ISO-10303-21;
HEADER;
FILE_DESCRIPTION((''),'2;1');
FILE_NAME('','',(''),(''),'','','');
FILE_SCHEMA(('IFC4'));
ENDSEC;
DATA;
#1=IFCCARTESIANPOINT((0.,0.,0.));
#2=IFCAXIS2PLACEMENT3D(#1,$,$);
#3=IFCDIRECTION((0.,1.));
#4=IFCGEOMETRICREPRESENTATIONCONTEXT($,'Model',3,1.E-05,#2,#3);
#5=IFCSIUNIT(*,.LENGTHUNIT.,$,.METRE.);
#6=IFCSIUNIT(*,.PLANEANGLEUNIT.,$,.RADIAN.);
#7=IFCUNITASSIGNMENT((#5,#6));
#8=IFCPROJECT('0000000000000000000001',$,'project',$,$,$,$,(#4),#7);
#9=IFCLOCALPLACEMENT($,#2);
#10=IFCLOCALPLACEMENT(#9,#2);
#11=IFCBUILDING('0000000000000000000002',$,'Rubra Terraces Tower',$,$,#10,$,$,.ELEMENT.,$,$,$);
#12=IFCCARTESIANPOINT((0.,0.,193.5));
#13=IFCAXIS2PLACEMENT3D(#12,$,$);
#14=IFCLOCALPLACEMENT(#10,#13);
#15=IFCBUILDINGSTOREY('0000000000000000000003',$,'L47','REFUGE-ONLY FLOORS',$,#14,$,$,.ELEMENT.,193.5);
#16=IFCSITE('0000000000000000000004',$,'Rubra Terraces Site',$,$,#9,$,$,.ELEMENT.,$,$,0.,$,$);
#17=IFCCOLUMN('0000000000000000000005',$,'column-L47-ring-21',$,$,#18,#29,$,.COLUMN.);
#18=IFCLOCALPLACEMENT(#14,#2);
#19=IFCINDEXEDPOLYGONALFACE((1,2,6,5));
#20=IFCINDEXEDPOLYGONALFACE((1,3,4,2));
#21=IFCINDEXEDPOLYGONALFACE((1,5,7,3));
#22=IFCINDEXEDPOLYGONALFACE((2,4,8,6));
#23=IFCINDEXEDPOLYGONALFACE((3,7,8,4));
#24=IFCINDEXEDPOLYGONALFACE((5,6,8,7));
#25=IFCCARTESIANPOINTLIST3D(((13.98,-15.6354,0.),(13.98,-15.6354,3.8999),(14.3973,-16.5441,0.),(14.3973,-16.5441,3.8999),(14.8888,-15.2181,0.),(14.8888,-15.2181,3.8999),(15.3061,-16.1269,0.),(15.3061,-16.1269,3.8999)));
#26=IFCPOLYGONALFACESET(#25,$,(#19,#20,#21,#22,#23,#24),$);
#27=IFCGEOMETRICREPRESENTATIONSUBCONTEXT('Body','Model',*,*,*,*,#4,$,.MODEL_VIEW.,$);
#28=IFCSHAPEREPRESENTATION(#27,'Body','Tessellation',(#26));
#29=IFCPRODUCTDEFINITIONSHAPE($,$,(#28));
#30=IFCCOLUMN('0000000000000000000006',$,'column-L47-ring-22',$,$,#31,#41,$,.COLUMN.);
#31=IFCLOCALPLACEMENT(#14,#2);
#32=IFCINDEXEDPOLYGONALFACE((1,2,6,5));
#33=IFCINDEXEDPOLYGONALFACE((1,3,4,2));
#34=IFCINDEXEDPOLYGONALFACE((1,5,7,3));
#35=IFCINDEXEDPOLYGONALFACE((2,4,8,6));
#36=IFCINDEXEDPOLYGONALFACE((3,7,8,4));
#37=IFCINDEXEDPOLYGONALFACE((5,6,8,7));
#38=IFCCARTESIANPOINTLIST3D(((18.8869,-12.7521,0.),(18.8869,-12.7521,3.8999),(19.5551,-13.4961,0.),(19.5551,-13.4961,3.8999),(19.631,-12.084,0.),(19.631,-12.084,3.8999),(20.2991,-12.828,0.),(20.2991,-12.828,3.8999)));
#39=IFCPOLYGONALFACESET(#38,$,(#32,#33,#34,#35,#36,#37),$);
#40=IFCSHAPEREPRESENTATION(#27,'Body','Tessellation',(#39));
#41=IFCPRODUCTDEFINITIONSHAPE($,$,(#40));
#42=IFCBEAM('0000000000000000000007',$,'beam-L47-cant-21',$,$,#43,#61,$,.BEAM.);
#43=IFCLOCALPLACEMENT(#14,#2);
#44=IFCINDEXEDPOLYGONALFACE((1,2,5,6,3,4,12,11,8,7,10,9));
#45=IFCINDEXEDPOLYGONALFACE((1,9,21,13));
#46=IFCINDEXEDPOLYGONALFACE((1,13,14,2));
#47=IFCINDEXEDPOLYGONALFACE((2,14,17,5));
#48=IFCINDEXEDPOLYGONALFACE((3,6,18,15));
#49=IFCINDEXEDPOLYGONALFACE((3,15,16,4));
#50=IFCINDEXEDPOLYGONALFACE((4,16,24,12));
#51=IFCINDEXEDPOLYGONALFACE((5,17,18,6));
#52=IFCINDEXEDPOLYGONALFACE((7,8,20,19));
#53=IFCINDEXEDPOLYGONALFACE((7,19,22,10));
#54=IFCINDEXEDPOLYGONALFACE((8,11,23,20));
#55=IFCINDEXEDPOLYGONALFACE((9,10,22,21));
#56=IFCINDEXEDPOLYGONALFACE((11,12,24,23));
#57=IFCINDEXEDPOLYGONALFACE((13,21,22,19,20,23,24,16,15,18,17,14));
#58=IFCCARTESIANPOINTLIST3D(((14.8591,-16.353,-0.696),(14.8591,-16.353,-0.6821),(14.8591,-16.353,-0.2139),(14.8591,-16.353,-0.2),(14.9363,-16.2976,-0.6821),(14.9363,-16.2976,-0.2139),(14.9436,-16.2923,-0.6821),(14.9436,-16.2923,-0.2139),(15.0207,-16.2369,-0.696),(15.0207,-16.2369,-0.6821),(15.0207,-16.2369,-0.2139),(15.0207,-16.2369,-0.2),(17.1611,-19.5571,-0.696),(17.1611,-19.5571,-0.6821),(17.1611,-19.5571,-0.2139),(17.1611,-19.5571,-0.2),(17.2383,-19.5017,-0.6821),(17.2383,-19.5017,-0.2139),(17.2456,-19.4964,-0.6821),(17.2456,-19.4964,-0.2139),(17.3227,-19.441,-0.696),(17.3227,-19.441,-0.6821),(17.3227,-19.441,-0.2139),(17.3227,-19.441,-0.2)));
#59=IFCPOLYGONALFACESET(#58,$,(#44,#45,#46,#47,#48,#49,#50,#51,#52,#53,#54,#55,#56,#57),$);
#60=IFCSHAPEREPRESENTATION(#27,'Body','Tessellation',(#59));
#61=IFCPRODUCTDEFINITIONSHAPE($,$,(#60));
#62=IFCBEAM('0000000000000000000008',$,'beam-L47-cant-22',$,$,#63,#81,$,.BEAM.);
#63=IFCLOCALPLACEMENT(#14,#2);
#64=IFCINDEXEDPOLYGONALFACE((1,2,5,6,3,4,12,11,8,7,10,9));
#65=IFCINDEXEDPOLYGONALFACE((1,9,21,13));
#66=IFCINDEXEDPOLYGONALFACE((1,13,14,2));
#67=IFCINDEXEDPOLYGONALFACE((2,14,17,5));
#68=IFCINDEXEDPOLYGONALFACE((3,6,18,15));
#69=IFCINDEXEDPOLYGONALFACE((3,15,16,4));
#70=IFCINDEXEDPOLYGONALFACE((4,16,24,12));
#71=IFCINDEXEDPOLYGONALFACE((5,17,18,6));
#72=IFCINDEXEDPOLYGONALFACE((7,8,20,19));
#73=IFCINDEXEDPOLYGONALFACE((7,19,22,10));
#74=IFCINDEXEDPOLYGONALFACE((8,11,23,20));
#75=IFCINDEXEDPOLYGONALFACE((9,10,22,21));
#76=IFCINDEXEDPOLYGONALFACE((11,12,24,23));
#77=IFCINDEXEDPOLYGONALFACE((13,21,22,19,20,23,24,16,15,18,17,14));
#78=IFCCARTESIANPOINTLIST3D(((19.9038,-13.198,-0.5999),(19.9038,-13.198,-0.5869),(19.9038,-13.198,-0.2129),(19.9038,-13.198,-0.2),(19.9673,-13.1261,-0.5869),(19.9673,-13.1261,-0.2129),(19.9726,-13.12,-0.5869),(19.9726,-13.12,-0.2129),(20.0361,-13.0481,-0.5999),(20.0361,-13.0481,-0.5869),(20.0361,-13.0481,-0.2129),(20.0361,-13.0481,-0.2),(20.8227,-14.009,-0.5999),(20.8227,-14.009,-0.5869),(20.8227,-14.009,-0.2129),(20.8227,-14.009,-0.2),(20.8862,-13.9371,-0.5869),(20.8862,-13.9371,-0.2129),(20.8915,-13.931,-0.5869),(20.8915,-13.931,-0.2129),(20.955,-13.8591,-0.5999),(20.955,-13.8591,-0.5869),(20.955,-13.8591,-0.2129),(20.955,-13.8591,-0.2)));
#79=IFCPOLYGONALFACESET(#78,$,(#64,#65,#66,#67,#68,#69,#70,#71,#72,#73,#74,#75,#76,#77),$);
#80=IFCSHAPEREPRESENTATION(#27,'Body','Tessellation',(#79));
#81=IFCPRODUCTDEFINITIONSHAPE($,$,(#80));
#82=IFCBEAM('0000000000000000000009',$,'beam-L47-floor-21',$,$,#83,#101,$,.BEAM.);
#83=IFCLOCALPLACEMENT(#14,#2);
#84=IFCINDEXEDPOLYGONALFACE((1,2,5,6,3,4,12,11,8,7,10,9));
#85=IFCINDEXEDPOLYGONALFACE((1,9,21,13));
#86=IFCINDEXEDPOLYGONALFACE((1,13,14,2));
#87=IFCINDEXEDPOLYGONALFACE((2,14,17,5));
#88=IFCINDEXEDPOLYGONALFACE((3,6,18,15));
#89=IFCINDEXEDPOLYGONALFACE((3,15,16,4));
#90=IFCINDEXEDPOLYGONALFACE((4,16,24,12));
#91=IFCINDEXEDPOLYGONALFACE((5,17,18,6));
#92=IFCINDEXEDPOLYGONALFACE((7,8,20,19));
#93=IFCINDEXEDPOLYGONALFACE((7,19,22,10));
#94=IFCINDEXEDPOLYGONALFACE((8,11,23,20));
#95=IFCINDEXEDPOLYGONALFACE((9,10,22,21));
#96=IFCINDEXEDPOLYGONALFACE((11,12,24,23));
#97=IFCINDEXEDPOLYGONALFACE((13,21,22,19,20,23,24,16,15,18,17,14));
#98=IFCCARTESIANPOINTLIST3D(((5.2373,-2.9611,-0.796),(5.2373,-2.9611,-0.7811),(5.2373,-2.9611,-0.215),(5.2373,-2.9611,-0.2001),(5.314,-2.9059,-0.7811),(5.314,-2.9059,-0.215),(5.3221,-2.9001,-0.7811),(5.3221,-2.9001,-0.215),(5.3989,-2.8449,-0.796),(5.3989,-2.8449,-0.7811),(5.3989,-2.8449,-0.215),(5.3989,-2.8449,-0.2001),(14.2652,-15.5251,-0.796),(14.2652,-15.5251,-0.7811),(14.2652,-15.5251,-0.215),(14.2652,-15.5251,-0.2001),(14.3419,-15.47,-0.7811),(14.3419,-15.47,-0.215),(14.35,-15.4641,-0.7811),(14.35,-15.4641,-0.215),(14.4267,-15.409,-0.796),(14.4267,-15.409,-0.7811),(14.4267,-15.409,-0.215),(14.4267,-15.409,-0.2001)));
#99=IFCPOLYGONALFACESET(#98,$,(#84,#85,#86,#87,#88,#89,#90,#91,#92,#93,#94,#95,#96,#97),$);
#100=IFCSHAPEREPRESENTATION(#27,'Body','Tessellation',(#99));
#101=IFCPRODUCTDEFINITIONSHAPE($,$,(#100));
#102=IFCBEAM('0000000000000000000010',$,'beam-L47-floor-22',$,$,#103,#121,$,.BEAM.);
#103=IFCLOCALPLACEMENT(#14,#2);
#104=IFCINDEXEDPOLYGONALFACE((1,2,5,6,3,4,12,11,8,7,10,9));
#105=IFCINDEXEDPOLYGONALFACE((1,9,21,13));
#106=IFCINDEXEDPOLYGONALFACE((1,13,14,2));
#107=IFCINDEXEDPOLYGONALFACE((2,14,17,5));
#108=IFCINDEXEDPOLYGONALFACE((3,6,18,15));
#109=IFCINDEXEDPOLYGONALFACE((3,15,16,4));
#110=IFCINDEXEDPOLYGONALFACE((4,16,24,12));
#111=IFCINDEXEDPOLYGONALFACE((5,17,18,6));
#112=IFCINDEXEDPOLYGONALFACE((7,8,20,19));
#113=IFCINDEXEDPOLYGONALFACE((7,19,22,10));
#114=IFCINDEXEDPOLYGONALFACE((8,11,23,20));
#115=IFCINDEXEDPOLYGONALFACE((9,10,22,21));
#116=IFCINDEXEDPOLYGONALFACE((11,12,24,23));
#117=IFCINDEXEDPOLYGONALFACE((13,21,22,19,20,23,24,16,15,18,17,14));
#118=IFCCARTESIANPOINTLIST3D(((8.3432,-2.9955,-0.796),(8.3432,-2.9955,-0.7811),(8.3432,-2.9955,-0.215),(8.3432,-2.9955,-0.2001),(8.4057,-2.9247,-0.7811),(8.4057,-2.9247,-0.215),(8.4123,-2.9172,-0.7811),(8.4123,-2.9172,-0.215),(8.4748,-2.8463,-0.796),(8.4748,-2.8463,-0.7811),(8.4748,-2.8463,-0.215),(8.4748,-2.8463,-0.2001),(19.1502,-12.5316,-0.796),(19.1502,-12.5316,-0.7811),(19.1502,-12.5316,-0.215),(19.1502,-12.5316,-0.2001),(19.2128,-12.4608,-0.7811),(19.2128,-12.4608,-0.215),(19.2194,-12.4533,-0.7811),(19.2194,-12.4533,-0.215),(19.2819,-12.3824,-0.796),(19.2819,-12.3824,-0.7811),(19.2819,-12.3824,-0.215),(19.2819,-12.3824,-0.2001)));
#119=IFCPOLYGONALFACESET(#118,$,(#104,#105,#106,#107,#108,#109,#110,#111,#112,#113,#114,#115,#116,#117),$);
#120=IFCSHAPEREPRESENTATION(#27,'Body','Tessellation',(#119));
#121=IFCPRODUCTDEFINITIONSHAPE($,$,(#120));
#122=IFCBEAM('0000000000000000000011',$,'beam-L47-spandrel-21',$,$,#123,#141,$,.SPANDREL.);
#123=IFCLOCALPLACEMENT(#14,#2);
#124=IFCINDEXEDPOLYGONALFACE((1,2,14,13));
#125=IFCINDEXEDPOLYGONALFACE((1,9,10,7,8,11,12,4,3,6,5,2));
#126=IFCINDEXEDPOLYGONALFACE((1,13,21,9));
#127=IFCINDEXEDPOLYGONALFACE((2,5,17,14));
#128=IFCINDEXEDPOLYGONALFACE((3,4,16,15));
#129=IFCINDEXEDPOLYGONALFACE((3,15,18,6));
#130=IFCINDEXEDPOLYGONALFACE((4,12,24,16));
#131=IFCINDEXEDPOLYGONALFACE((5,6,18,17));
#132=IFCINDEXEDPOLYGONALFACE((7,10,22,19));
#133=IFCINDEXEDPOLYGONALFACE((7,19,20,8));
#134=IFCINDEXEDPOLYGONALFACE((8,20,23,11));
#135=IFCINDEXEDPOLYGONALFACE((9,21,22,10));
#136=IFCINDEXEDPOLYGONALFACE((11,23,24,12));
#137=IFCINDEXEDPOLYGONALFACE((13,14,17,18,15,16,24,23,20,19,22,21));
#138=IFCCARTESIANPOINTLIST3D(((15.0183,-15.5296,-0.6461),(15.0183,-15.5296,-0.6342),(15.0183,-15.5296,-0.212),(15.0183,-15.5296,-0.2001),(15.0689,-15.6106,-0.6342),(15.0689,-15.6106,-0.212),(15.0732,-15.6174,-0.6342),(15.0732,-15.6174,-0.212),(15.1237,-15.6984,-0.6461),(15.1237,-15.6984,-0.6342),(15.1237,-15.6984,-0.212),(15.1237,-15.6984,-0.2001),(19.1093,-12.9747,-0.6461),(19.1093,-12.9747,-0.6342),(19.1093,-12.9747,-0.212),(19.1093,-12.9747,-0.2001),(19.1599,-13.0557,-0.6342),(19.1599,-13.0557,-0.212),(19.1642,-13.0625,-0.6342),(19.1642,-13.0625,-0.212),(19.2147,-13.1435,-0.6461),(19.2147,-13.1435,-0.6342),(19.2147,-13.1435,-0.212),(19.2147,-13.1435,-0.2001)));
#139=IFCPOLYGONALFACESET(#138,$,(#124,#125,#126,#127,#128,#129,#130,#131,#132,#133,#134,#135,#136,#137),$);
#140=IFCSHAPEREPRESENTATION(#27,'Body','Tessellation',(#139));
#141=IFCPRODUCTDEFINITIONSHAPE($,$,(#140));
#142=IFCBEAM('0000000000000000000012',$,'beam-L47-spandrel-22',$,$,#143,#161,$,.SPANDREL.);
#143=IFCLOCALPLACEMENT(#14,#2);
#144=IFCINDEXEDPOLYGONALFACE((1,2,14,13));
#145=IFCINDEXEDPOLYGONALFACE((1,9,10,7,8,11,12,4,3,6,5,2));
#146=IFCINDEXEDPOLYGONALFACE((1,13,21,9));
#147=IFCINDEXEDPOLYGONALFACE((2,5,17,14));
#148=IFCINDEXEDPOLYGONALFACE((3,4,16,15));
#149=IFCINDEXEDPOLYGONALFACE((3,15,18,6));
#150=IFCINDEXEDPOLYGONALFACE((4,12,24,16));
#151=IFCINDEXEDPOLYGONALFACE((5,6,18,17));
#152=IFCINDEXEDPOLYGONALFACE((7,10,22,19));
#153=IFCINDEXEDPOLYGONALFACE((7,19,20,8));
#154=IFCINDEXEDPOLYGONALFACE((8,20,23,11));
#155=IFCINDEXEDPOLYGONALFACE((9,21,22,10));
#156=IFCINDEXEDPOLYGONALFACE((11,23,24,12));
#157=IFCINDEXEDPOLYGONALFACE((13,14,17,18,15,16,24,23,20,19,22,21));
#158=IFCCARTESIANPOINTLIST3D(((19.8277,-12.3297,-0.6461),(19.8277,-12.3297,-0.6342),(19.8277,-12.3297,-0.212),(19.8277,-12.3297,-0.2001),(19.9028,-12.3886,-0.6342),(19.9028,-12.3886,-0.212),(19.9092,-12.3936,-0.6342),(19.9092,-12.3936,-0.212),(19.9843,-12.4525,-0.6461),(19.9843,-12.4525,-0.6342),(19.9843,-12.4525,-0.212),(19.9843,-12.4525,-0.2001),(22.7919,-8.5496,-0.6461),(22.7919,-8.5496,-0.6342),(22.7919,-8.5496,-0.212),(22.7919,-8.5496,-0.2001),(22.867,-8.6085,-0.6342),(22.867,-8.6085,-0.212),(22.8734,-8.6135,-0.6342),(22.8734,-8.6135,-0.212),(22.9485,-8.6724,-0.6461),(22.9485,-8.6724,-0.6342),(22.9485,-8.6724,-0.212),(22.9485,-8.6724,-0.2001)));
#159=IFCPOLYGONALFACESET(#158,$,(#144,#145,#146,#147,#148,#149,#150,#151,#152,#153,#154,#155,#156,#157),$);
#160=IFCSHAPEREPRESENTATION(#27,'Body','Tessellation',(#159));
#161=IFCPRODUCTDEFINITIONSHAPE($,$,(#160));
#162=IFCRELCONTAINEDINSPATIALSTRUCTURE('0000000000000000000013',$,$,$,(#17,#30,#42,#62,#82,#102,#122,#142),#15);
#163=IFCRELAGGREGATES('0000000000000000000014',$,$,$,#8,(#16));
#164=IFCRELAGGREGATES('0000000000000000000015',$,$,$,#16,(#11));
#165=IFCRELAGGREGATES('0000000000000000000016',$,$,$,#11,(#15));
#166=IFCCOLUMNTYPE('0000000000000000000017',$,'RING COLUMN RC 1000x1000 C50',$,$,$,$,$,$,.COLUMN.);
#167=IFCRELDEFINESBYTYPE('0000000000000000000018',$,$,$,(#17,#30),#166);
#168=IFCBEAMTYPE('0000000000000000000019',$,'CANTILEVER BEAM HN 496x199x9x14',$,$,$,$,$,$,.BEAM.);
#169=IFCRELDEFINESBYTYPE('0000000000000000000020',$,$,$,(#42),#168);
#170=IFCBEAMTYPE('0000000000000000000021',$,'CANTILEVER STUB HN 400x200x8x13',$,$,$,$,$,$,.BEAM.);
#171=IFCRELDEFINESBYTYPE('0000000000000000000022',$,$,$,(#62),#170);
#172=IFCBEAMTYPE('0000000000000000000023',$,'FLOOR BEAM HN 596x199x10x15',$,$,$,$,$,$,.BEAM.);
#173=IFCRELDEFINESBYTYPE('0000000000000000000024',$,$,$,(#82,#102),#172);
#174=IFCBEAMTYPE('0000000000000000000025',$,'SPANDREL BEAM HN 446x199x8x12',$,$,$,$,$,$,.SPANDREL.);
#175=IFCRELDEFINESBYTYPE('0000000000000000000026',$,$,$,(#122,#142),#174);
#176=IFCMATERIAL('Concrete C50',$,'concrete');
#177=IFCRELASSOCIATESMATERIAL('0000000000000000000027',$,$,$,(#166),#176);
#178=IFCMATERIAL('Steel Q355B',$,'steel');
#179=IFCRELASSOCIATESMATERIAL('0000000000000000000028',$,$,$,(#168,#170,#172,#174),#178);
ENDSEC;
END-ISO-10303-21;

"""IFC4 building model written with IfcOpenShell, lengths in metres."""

from ifc_helpers import new_model, si_unit, direction, frame, origin, origin_2d, place, context, subcontext, project, spatial, rectangle, i_section, extrude, material, material_profile, profile_set, type_object, element, save


model = new_model("IFC4")

# Units and contexts
model_context = context("Model", 3, precision=1e-05, world=origin(), true_north=direction((0.0, 1.0)))
body_context = subcontext(model_context, "Body", "Model", "MODEL_VIEW")
ifc_project = project(units=[si_unit("LENGTHUNIT", "METRE"), si_unit("PLANEANGLEUNIT", "RADIAN")], contexts=[model_context])

# Site, building, storey
site_placement = place(None, origin())
site = spatial("IfcSite", under=ifc_project, at=site_placement, Name="Rubra Terraces Site", CompositionType="ELEMENT", RefElevation=0.0)
building_placement = place(site_placement, origin())
building = spatial("IfcBuilding", under=site, at=building_placement, Name="Rubra Terraces Tower", CompositionType="ELEMENT")
storey_placement = place(building_placement, frame((0.0, 0.0, 193.5)))
storey = spatial("IfcBuildingStorey", under=building, at=storey_placement, Name="L47", Description="REFUGE-ONLY FLOORS", CompositionType="ELEMENT", Elevation=193.5)

# Columns
ifc_material_1 = material(Name="Concrete C50", Category="concrete")
ifc_material_profile_1 = material_profile(ifc_material_1, rectangle(XDim=1.0, YDim=1.0, at=origin_2d()), Name="RC 1000x1000")
ifc_profile_set_1 = profile_set([ifc_material_profile_1], Name="Concrete C50")
column_type = type_object("IfcColumnType", Name="RING COLUMN RC 1000x1000 C50", PredefinedType="COLUMN", material=ifc_profile_set_1)
for number, where, z_axis, x_axis, name in (
    (1, (14.6431, -15.8811, 0.0), (0.0, 0.0, 1.0), (0.908779, 0.417279, 0.0), "column-L47-ring-21"),
    (2, (19.593, -12.79, 0.0), (0.0, 0.0, 1.0), (0.744021, 0.668156, 0.0), "column-L47-ring-22"),
):
    element("IfcColumn", number, at=place(storey_placement, frame(where, z_axis=z_axis, x_axis=x_axis)), inside=storey, type_object=column_type, Name=name, PredefinedType="COLUMN", context=body_context, shape_type="SweptSolid", body=[
        extrude(rectangle(XDim=1.0, YDim=1.0, at=origin_2d()), origin(), (0.0, 0.0, 1.0), 3.8999),
    ])

# Beams
ifc_material_2 = material(Name="Steel Q355B", Category="steel")
ifc_material_profile_2 = material_profile(ifc_material_2, i_section(OverallWidth=0.199, OverallDepth=0.4961, WebThickness=0.009, FlangeThickness=0.0139, at=origin_2d()), Name="HN 496x199x9x14")
ifc_profile_set_2 = profile_set([ifc_material_profile_2], Name="Steel Q355B")
beam_type_1 = type_object("IfcBeamType", Name="CANTILEVER BEAM HN 496x199x9x14", PredefinedType="BEAM", material=ifc_profile_set_2)
beam_1_placement = place(storey_placement, frame((14.9399, -16.2949, -0.448), z_axis=(0.583478, -0.812129, 0.0), x_axis=(0.812129, 0.583478, 0.0)))
element("IfcBeam", 3, at=beam_1_placement, inside=storey, type_object=beam_type_1, Name="beam-L47-cant-21", PredefinedType="BEAM", context=body_context, shape_type="SweptSolid", body=[
    extrude(i_section(OverallWidth=0.199, OverallDepth=0.4961, WebThickness=0.009, FlangeThickness=0.0139, at=origin_2d()), origin(), (0.0, 0.0, 1.0), 3.9453),
])
ifc_material_profile_3 = material_profile(ifc_material_2, i_section(OverallWidth=0.2, OverallDepth=0.3999, WebThickness=0.0081, FlangeThickness=0.0129, at=origin_2d()), Name="HN 400x200x8x13")
ifc_profile_set_3 = profile_set([ifc_material_profile_3], Name="Steel Q355B")
beam_type_2 = type_object("IfcBeamType", Name="CANTILEVER STUB HN 400x200x8x13", PredefinedType="BEAM", material=ifc_profile_set_3)
beam_2_placement = place(storey_placement, frame((19.97, -13.123, -0.3999), z_axis=(0.749756, -0.661714, 0.0), x_axis=(0.661714, 0.749756, 0.0)))
element("IfcBeam", 4, at=beam_2_placement, inside=storey, type_object=beam_type_2, Name="beam-L47-cant-22", PredefinedType="BEAM", context=body_context, shape_type="SweptSolid", body=[
    extrude(i_section(OverallWidth=0.2, OverallDepth=0.3999, WebThickness=0.0081, FlangeThickness=0.0129, at=origin_2d()), origin(), (0.0, 0.0, 1.0), 1.2256),
])
ifc_material_profile_4 = material_profile(ifc_material_2, i_section(OverallWidth=0.199, OverallDepth=0.5959, WebThickness=0.01, FlangeThickness=0.0149, at=origin_2d()), Name="HN 596x199x10x15")
ifc_profile_set_4 = profile_set([ifc_material_profile_4], Name="Steel Q355B")
beam_type_3 = type_object("IfcBeamType", Name="FLOOR BEAM HN 596x199x10x15", PredefinedType="BEAM", material=ifc_profile_set_4)
beam_3_placement = place(storey_placement, frame((14.3459, -15.467, -0.498), z_axis=(-0.583529, 0.812092, 0.0), x_axis=(-0.812092, -0.583529, 0.0)))
element("IfcBeam", 5, at=beam_3_placement, inside=storey, type_object=beam_type_3, Name="beam-L47-floor-21", PredefinedType="BEAM", context=body_context, shape_type="SweptSolid", body=[
    extrude(i_section(OverallWidth=0.199, OverallDepth=0.5959, WebThickness=0.01, FlangeThickness=0.0149, at=origin_2d()), origin(), (0.0, 0.0, 1.0), 15.4712),
])
beam_4_placement = place(storey_placement, frame((19.2161, -12.457, -0.498), z_axis=(-0.749823, 0.661638, 0.0), x_axis=(-0.661638, -0.749823, 0.0)))
element("IfcBeam", 6, at=beam_4_placement, inside=storey, type_object=beam_type_3, Name="beam-L47-floor-22", PredefinedType="BEAM", context=body_context, shape_type="SweptSolid", body=[
    extrude(i_section(OverallWidth=0.199, OverallDepth=0.5959, WebThickness=0.01, FlangeThickness=0.0149, at=origin_2d()), origin(), (0.0, 0.0, 1.0), 14.4128),
])
ifc_material_profile_5 = material_profile(ifc_material_2, i_section(OverallWidth=0.199, OverallDepth=0.446, WebThickness=0.0081, FlangeThickness=0.012, at=origin_2d()), Name="HN 446x199x8x12")
ifc_profile_set_5 = profile_set([ifc_material_profile_5], Name="Steel Q355B")
beam_type_4 = type_object("IfcBeamType", Name="SPANDREL BEAM HN 446x199x8x12", PredefinedType="SPANDREL", material=ifc_profile_set_5)
beam_5_placement = place(storey_placement, frame((15.071, -15.614, -0.4231), z_axis=(0.848183, 0.529703, 0.0), x_axis=(-0.529703, 0.848183, 0.0)))
element("IfcBeam", 7, at=beam_5_placement, inside=storey, type_object=beam_type_4, Name="beam-L47-spandrel-21", PredefinedType="SPANDREL", context=body_context, shape_type="SweptSolid", body=[
    extrude(i_section(OverallWidth=0.199, OverallDepth=0.446, WebThickness=0.0081, FlangeThickness=0.012, at=origin_2d()), origin(), (0.0, 0.0, 1.0), 4.8232),
])
beam_6_placement = place(storey_placement, frame((19.906, -12.3911, -0.4231), z_axis=(0.61706, 0.786916, 0.0), x_axis=(-0.786916, 0.61706, 0.0)))
element("IfcBeam", 8, at=beam_6_placement, inside=storey, type_object=beam_type_4, Name="beam-L47-spandrel-22", PredefinedType="SPANDREL", context=body_context, shape_type="SweptSolid", body=[
    extrude(i_section(OverallWidth=0.199, OverallDepth=0.446, WebThickness=0.0081, FlangeThickness=0.012, at=origin_2d()), origin(), (0.0, 0.0, 1.0), 4.8037),
])

save(model, "model.ifc")
